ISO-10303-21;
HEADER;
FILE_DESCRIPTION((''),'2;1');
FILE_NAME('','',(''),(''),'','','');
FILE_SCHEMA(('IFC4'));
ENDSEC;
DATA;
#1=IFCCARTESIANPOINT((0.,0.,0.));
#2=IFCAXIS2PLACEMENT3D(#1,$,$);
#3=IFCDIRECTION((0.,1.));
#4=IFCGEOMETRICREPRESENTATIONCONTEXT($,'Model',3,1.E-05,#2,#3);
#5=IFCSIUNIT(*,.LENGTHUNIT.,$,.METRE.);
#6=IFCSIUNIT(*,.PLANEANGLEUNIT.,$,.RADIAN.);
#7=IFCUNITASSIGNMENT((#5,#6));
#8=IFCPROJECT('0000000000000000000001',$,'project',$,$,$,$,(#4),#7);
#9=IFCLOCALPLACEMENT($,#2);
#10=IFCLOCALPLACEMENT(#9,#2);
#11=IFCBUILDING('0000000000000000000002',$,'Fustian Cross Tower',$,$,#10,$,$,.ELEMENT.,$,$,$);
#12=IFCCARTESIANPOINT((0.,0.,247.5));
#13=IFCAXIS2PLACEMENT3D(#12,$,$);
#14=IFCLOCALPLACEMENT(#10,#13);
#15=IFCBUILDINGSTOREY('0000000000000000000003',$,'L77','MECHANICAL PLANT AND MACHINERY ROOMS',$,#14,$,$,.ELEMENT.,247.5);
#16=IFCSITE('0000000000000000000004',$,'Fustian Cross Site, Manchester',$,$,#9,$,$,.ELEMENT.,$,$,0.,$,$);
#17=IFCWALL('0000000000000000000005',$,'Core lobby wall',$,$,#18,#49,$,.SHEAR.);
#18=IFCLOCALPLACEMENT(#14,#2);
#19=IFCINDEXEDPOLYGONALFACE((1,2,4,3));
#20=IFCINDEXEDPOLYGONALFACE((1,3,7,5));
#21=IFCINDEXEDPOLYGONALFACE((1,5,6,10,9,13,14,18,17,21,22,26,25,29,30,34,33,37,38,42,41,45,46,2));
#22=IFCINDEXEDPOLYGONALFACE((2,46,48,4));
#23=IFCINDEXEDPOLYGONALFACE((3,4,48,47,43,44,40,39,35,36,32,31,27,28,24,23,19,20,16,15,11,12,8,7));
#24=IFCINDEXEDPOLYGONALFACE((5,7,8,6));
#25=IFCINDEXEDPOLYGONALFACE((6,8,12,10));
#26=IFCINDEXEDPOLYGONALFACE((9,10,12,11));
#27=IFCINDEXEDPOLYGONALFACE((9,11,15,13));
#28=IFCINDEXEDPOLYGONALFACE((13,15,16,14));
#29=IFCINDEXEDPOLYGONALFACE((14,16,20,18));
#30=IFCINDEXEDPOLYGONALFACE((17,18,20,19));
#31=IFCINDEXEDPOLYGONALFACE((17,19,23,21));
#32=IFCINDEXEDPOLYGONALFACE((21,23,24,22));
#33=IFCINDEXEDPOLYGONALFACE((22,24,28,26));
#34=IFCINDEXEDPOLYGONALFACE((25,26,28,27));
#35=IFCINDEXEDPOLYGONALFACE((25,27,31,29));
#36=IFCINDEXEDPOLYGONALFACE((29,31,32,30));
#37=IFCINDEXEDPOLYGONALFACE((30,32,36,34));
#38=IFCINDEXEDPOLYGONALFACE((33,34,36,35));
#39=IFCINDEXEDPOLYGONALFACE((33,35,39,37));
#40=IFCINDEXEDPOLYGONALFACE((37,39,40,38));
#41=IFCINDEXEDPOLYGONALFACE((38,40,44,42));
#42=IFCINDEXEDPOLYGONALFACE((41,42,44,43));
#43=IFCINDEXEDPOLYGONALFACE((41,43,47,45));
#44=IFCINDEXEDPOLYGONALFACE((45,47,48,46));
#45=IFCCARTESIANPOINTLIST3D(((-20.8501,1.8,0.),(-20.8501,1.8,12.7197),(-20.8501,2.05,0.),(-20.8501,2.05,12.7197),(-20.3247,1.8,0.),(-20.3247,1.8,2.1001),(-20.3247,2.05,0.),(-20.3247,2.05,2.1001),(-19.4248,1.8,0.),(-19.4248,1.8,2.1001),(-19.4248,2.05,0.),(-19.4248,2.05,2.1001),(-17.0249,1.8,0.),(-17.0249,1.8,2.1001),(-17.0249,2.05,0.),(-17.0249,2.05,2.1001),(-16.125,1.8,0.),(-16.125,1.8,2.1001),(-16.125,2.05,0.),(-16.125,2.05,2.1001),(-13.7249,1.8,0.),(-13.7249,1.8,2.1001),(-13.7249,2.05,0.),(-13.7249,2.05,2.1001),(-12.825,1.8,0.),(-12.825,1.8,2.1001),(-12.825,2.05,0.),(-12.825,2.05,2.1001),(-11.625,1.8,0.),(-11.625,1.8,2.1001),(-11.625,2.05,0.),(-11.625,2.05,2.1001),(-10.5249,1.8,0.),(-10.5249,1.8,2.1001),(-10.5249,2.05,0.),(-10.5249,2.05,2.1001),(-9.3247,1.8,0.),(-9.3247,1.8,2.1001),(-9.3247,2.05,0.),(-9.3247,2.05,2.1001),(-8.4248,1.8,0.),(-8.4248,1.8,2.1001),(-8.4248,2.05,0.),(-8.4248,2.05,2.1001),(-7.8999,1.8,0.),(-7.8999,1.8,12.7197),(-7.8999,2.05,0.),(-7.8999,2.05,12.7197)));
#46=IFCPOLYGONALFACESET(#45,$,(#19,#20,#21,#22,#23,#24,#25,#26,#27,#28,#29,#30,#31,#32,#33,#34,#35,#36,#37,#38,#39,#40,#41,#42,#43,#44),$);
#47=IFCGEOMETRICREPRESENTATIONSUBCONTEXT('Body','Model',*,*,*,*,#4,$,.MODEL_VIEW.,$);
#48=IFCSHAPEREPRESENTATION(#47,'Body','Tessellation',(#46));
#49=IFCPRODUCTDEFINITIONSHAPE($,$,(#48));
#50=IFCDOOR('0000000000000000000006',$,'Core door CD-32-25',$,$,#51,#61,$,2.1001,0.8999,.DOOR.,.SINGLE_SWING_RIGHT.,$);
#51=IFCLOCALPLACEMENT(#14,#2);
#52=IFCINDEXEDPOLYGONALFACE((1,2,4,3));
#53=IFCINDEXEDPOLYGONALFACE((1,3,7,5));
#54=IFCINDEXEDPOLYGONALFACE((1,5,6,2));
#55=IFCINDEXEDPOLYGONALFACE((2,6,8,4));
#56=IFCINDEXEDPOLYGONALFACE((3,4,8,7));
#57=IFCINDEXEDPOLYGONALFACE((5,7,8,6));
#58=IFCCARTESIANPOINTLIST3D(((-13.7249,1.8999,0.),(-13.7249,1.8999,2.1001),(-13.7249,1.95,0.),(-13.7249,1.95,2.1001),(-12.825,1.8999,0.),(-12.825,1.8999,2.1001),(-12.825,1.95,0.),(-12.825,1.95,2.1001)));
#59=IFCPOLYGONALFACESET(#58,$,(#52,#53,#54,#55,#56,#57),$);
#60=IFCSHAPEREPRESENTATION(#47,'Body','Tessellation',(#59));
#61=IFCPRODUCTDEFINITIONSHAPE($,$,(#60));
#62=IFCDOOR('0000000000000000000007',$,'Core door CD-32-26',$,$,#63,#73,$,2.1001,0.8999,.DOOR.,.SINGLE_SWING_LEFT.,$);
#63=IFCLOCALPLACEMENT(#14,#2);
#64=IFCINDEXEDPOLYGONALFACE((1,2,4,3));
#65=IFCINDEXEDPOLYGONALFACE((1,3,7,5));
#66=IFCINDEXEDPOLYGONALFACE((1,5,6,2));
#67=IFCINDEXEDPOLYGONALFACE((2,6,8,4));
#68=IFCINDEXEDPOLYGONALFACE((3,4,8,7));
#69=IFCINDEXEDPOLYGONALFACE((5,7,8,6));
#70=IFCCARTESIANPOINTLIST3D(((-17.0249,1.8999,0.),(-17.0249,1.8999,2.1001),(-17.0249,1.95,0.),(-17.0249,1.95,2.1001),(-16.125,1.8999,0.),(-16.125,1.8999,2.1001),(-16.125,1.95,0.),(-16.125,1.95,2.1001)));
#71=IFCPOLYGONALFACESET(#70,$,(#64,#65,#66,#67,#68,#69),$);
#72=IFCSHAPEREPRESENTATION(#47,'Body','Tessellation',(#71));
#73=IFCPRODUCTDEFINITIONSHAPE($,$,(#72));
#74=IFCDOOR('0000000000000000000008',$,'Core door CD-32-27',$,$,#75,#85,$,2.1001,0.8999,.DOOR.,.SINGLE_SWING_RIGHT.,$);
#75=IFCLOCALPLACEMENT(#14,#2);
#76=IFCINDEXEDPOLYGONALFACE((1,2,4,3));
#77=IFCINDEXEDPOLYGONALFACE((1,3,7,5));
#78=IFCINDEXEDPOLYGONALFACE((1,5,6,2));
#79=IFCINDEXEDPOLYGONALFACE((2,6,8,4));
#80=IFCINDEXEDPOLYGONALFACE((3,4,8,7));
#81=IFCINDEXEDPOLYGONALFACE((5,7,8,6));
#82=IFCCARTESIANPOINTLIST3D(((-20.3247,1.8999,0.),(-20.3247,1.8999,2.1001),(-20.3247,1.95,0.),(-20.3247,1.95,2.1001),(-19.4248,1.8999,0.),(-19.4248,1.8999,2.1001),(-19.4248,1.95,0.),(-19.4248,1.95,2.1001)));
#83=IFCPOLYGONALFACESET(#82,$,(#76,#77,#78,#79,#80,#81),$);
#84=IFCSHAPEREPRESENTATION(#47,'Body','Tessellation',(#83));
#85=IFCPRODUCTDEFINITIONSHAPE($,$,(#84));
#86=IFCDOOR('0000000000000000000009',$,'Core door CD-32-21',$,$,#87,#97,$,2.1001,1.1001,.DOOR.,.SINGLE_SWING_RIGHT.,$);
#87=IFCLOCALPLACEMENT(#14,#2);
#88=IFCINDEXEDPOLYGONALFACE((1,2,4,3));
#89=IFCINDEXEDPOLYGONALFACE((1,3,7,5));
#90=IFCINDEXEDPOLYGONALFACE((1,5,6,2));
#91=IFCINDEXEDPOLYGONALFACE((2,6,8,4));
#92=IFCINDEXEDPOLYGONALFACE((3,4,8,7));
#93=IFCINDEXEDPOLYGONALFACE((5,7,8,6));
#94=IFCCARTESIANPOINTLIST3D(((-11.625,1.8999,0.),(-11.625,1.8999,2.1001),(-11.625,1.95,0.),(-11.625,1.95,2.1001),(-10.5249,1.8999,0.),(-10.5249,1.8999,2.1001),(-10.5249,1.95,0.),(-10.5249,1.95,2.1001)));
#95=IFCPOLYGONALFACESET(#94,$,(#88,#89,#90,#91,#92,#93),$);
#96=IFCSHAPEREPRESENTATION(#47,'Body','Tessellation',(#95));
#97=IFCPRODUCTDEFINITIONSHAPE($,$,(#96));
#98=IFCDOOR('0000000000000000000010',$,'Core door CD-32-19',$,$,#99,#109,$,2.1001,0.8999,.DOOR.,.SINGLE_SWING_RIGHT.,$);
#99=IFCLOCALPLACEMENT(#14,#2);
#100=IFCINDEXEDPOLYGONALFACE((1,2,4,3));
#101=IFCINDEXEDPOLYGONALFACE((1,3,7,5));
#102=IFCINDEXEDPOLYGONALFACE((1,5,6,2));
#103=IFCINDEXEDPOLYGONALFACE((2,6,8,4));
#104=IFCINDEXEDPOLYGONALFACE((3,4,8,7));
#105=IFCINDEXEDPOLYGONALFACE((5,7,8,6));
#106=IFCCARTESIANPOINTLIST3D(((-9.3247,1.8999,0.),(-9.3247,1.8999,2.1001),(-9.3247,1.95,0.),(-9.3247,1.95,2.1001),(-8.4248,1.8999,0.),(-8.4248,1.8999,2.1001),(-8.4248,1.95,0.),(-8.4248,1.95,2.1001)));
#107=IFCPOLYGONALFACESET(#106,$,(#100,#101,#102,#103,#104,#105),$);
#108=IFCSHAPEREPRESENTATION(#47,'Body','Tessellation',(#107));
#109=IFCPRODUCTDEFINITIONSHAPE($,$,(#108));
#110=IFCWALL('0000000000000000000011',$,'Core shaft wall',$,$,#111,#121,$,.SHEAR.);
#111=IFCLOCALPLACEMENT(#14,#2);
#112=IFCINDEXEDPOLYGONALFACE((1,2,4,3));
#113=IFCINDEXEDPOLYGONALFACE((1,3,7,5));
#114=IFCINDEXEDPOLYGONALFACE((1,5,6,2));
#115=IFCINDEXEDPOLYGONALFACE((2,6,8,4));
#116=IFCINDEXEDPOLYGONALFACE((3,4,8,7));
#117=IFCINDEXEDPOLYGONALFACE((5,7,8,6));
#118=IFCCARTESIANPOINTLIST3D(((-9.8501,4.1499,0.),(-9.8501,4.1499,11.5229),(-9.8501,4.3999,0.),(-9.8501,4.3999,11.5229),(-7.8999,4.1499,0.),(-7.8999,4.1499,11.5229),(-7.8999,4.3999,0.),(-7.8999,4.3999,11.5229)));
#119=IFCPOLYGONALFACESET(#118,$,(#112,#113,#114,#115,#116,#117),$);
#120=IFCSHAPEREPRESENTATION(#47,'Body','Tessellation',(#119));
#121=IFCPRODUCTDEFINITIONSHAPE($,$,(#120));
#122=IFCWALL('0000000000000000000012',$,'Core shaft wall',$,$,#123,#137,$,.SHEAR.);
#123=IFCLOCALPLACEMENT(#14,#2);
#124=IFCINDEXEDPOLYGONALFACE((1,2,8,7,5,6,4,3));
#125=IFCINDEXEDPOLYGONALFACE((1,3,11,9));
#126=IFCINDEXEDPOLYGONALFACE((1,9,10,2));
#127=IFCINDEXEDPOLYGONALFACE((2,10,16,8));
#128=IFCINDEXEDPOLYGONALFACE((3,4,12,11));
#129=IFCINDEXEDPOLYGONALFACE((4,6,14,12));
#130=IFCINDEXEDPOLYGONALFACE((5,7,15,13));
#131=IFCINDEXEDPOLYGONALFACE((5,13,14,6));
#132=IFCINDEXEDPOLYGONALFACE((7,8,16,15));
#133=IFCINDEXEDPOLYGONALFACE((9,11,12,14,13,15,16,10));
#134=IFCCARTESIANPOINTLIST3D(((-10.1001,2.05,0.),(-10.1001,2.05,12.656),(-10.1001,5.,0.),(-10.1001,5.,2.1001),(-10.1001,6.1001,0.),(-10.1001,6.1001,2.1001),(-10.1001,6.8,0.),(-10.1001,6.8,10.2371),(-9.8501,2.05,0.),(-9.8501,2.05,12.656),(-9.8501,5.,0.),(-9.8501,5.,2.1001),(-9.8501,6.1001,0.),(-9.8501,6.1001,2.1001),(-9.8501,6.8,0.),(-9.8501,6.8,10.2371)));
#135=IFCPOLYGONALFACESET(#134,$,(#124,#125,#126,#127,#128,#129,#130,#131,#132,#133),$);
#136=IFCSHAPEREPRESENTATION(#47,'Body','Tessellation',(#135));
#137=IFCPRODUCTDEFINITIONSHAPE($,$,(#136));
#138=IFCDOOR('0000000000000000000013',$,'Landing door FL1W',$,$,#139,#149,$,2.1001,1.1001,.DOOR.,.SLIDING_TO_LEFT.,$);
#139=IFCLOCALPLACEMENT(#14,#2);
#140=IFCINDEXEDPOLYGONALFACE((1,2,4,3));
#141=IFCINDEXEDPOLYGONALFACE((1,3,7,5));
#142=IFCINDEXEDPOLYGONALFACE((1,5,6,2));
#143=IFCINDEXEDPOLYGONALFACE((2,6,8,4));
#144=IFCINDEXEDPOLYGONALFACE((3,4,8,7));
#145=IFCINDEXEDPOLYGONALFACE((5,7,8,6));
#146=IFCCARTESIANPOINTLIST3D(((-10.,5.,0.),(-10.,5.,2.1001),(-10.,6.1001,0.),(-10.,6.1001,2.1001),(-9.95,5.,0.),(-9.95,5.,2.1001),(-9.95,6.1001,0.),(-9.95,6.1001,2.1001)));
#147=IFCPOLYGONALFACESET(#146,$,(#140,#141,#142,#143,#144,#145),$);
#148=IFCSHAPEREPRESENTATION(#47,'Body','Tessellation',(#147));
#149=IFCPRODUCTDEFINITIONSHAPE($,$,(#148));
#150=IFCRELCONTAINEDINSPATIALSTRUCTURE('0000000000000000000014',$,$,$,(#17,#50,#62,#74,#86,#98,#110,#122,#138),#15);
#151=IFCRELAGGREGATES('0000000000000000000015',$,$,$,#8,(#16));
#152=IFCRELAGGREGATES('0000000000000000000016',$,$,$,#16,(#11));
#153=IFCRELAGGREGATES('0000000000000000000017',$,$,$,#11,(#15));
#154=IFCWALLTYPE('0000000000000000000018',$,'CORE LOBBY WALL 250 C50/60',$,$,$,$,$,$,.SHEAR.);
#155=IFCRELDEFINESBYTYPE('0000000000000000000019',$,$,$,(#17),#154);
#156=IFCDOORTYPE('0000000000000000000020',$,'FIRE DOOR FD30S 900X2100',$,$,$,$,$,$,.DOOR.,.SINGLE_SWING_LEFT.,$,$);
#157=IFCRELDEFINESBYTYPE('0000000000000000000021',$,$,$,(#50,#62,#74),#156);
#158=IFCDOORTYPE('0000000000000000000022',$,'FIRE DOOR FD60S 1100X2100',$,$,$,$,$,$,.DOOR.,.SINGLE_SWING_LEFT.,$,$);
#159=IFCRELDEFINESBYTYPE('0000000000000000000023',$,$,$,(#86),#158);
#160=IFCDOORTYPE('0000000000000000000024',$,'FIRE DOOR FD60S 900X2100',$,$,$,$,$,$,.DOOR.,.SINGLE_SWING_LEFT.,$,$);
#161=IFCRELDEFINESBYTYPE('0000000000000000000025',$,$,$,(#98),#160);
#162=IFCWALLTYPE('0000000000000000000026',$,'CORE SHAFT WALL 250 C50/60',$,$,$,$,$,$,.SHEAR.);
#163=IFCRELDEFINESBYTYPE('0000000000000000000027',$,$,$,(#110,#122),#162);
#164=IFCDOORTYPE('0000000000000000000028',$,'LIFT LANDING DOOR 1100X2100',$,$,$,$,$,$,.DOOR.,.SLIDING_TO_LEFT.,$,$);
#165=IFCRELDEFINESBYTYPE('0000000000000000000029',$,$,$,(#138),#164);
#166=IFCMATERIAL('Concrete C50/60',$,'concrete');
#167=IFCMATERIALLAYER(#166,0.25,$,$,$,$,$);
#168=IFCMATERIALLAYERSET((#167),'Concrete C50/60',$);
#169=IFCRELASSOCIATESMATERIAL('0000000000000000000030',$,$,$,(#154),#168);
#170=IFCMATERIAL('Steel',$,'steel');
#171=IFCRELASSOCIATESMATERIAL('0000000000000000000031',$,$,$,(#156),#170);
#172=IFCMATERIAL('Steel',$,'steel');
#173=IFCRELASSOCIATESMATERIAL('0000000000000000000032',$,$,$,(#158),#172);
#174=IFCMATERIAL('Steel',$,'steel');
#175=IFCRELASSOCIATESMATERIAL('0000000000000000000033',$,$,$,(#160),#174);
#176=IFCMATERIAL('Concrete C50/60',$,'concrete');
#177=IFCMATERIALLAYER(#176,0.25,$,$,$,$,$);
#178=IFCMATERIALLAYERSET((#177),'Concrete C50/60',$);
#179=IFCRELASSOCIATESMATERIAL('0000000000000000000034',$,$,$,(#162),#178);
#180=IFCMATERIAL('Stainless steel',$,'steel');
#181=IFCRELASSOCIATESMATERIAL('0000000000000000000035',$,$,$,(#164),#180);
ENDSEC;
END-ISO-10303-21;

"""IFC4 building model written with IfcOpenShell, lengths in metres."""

from ifc_helpers import new_model, si_unit, direction, frame, frame_2d, origin, place, context, subcontext, project, spatial, polyline, rectangle, outline, extrude, material, layer, layer_set, type_object, element, fill, save


model = new_model("IFC4")

# Units and contexts
model_context = context("Model", 3, precision=1e-05, world=origin(), true_north=direction((0.0, 1.0)))
body_context = subcontext(model_context, "Body", "Model", "MODEL_VIEW")
ifc_project = project(units=[si_unit("LENGTHUNIT", "METRE"), si_unit("PLANEANGLEUNIT", "RADIAN")], contexts=[model_context])

# Site, building, storey
site_placement = place(None, origin())
site = spatial("IfcSite", under=ifc_project, at=site_placement, Name="Fustian Cross Site, Manchester", CompositionType="ELEMENT", RefElevation=0.0)
building_placement = place(site_placement, origin())
building = spatial("IfcBuilding", under=site, at=building_placement, Name="Fustian Cross Tower", CompositionType="ELEMENT")
storey_placement = place(building_placement, frame((0.0, 0.0, 247.5)))
storey = spatial("IfcBuildingStorey", under=building, at=storey_placement, Name="L77", Description="MECHANICAL PLANT AND MACHINERY ROOMS", CompositionType="ELEMENT", Elevation=247.5)

# Wall, openings, doors
ifc_material_1 = material(Name="Concrete C50/60", Category="concrete")
ifc_layer_1 = layer(ifc_material_1, 0.25)
ifc_layer_set_1 = layer_set([ifc_layer_1], Name="Concrete C50/60")
wall_type_1 = type_object("IfcWallType", Name="CORE LOBBY WALL 250 C50/60", PredefinedType="SHEAR", material=ifc_layer_set_1)
wall_1_placement = place(storey_placement, frame((-7.8999, 1.925, 0.0), z_axis=(0.0, 0.0, 1.0), x_axis=(-1.0, 0.0, 0.0)))
wall_1 = element("IfcWall", 1, at=wall_1_placement, inside=storey, type_object=wall_type_1, Name="Core lobby wall", PredefinedType="SHEAR", context=body_context, shape_type="SweptSolid", body=[
    extrude(rectangle(XDim=12.9502, YDim=0.25, at=frame_2d((6.4751, 0.0))), origin(), (0.0, 0.0, 1.0), 12.7197),
])
opening_1_placement = place(wall_1_placement, frame((0.5249, 0.0, 0.0)))
opening_1 = element("IfcOpeningElement", 2, at=opening_1_placement, cuts=wall_1, PredefinedType="OPENING", context=body_context, shape_type="SweptSolid", body=[
    extrude(rectangle(XDim=0.8999, YDim=2.1001, at=frame_2d((0.45, 1.05))), frame((0.0, 0.135, 0.0), z_axis=(0.0, -1.0, 0.0), x_axis=(1.0, 0.0, 0.0)), (0.0, 0.0, 1.0), 0.27),
])
opening_2_placement = place(wall_1_placement, frame((2.625, 0.0, 0.0)))
opening_2 = element("IfcOpeningElement", 3, at=opening_2_placement, cuts=wall_1, PredefinedType="OPENING", context=body_context, shape_type="SweptSolid", body=[
    extrude(rectangle(XDim=1.1001, YDim=2.1001, at=frame_2d((0.55, 1.05))), frame((0.0, 0.135, 0.0), z_axis=(0.0, -1.0, 0.0), x_axis=(1.0, 0.0, 0.0)), (0.0, 0.0, 1.0), 0.27),
])
opening_3_placement = place(wall_1_placement, frame((4.925, 0.0, 0.0)))
opening_3 = element("IfcOpeningElement", 4, at=opening_3_placement, cuts=wall_1, PredefinedType="OPENING", context=body_context, shape_type="SweptSolid", body=[
    extrude(rectangle(XDim=0.8999, YDim=2.1001, at=frame_2d((0.45, 1.05))), frame((0.0, 0.135, 0.0), z_axis=(0.0, -1.0, 0.0), x_axis=(1.0, 0.0, 0.0)), (0.0, 0.0, 1.0), 0.27),
])
opening_4_placement = place(wall_1_placement, frame((8.2251, 0.0, 0.0)))
opening_4 = element("IfcOpeningElement", 5, at=opening_4_placement, cuts=wall_1, PredefinedType="OPENING", context=body_context, shape_type="SweptSolid", body=[
    extrude(rectangle(XDim=0.8999, YDim=2.1001, at=frame_2d((0.45, 1.05))), frame((0.0, 0.135, 0.0), z_axis=(0.0, -1.0, 0.0), x_axis=(1.0, 0.0, 0.0)), (0.0, 0.0, 1.0), 0.27),
])
opening_5_placement = place(wall_1_placement, frame((11.5249, 0.0, 0.0)))
opening_5 = element("IfcOpeningElement", 6, at=opening_5_placement, cuts=wall_1, PredefinedType="OPENING", context=body_context, shape_type="SweptSolid", body=[
    extrude(rectangle(XDim=0.8999, YDim=2.1001, at=frame_2d((0.45, 1.05))), frame((0.0, 0.135, 0.0), z_axis=(0.0, -1.0, 0.0), x_axis=(1.0, 0.0, 0.0)), (0.0, 0.0, 1.0), 0.27),
])
ifc_material_2 = material(Name="Steel", Category="steel")
door_type_1 = type_object("IfcDoorType", Name="FIRE DOOR FD30S 900X2100", OperationType="SINGLE_SWING_LEFT", PredefinedType="DOOR", material=ifc_material_2)
door_1_placement = place(opening_3_placement, frame((0.8999, 0.0, 0.0), z_axis=(0.0, 0.0, 1.0), x_axis=(-1.0, 0.0, 0.0)))
door_1 = element("IfcDoor", 7, at=door_1_placement, inside=storey, type_object=door_type_1, Name="Core door CD-32-25", OperationType="SINGLE_SWING_RIGHT", OverallHeight=2.1001, OverallWidth=0.8999, PredefinedType="DOOR", context=body_context, shape_type="SweptSolid", body=[
    extrude(rectangle(XDim=0.8999, YDim=2.1001, at=frame_2d((0.45, 1.05))), frame((0.0, 0.0249, 0.0), z_axis=(0.0, -1.0, 0.0), x_axis=(1.0, 0.0, 0.0)), (0.0, 0.0, 1.0), 0.05),
])
fill(opening_3, door_1)
door_2_placement = place(opening_4_placement, frame((0.8999, 0.0, 0.0), z_axis=(0.0, 0.0, 1.0), x_axis=(-1.0, 0.0, 0.0)))
door_2 = element("IfcDoor", 8, at=door_2_placement, inside=storey, type_object=door_type_1, Name="Core door CD-32-26", OperationType="SINGLE_SWING_LEFT", OverallHeight=2.1001, OverallWidth=0.8999, PredefinedType="DOOR", context=body_context, shape_type="SweptSolid", body=[
    extrude(rectangle(XDim=0.8999, YDim=2.1001, at=frame_2d((0.45, 1.05))), frame((0.0, 0.0249, 0.0), z_axis=(0.0, -1.0, 0.0), x_axis=(1.0, 0.0, 0.0)), (0.0, 0.0, 1.0), 0.05),
])
fill(opening_4, door_2)
door_3_placement = place(opening_5_placement, frame((0.8999, 0.0, 0.0), z_axis=(0.0, 0.0, 1.0), x_axis=(-1.0, 0.0, 0.0)))
door_3 = element("IfcDoor", 9, at=door_3_placement, inside=storey, type_object=door_type_1, Name="Core door CD-32-27", OperationType="SINGLE_SWING_RIGHT", OverallHeight=2.1001, OverallWidth=0.8999, PredefinedType="DOOR", context=body_context, shape_type="SweptSolid", body=[
    extrude(rectangle(XDim=0.8999, YDim=2.1001, at=frame_2d((0.45, 1.05))), frame((0.0, 0.0249, 0.0), z_axis=(0.0, -1.0, 0.0), x_axis=(1.0, 0.0, 0.0)), (0.0, 0.0, 1.0), 0.05),
])
fill(opening_5, door_3)
ifc_material_3 = material(Name="Steel", Category="steel")
door_type_2 = type_object("IfcDoorType", Name="FIRE DOOR FD60S 1100X2100", OperationType="SINGLE_SWING_LEFT", PredefinedType="DOOR", material=ifc_material_3)
door_4_placement = place(opening_2_placement, frame((1.1001, 0.0, 0.0), z_axis=(0.0, 0.0, 1.0), x_axis=(-1.0, 0.0, 0.0)))
door_4 = element("IfcDoor", 10, at=door_4_placement, inside=storey, type_object=door_type_2, Name="Core door CD-32-21", OperationType="SINGLE_SWING_RIGHT", OverallHeight=2.1001, OverallWidth=1.1001, PredefinedType="DOOR", context=body_context, shape_type="SweptSolid", body=[
    extrude(rectangle(XDim=1.1001, YDim=2.1001, at=frame_2d((0.55, 1.05))), frame((0.0, 0.0249, 0.0), z_axis=(0.0, -1.0, 0.0), x_axis=(1.0, 0.0, 0.0)), (0.0, 0.0, 1.0), 0.05),
])
fill(opening_2, door_4)
ifc_material_4 = material(Name="Steel", Category="steel")
door_type_3 = type_object("IfcDoorType", Name="FIRE DOOR FD60S 900X2100", OperationType="SINGLE_SWING_LEFT", PredefinedType="DOOR", material=ifc_material_4)
door_5_placement = place(opening_1_placement, frame((0.8999, 0.0, 0.0), z_axis=(0.0, 0.0, 1.0), x_axis=(-1.0, 0.0, 0.0)))
door_5 = element("IfcDoor", 11, at=door_5_placement, inside=storey, type_object=door_type_3, Name="Core door CD-32-19", OperationType="SINGLE_SWING_RIGHT", OverallHeight=2.1001, OverallWidth=0.8999, PredefinedType="DOOR", context=body_context, shape_type="SweptSolid", body=[
    extrude(rectangle(XDim=0.8999, YDim=2.1001, at=frame_2d((0.45, 1.05))), frame((0.0, 0.0249, 0.0), z_axis=(0.0, -1.0, 0.0), x_axis=(1.0, 0.0, 0.0)), (0.0, 0.0, 1.0), 0.05),
])
fill(opening_1, door_5)

# Wall
ifc_material_5 = material(Name="Concrete C50/60", Category="concrete")
ifc_layer_2 = layer(ifc_material_5, 0.25)
ifc_layer_set_2 = layer_set([ifc_layer_2], Name="Concrete C50/60")
wall_type_2 = type_object("IfcWallType", Name="CORE SHAFT WALL 250 C50/60", PredefinedType="SHEAR", material=ifc_layer_set_2)
wall_2_placement = place(storey_placement, frame((-7.8999, 4.2749, 0.0), z_axis=(0.0, 0.0, 1.0), x_axis=(-1.0, 0.0, 0.0)))
element("IfcWall", 12, at=wall_2_placement, inside=storey, type_object=wall_type_2, Name="Core shaft wall", PredefinedType="SHEAR", context=body_context, shape_type="SweptSolid", body=[
    extrude(rectangle(XDim=1.9502, YDim=0.25, at=frame_2d((0.9751, 0.0))), origin(), (0.0, 0.0, 1.0), 11.5229),
])

# Wall, opening, door
wall_3_placement = place(storey_placement, frame((-9.9751, 2.05, 0.0), z_axis=(0.0, 0.0, 1.0), x_axis=(0.0, 1.0, 0.0)))
wall_3 = element("IfcWall", 13, at=wall_3_placement, inside=storey, type_object=wall_type_2, Name="Core shaft wall", PredefinedType="SHEAR", context=body_context, shape_type="SweptSolid", body=[
    extrude(outline(polyline([(0.0, 0.0), (4.75, 0.0), (4.75, 10.2371), (0.0, 12.656), (0.0, 0.0)])), frame((0.0, 0.125, 0.0), z_axis=(0.0, -1.0, 0.0), x_axis=(1.0, 0.0, 0.0)), (0.0, 0.0, 1.0), 0.25),
])
opening_6_placement = place(wall_3_placement, frame((2.95, 0.0, 0.0)))
opening_6 = element("IfcOpeningElement", 14, at=opening_6_placement, cuts=wall_3, PredefinedType="OPENING", context=body_context, shape_type="SweptSolid", body=[
    extrude(rectangle(XDim=1.1001, YDim=2.1001, at=frame_2d((0.55, 1.05))), frame((0.0, 0.135, 0.0), z_axis=(0.0, -1.0, 0.0), x_axis=(1.0, 0.0, 0.0)), (0.0, 0.0, 1.0), 0.27),
])
ifc_material_6 = material(Name="Stainless steel", Category="steel")
door_type_4 = type_object("IfcDoorType", Name="LIFT LANDING DOOR 1100X2100", OperationType="SLIDING_TO_LEFT", PredefinedType="DOOR", material=ifc_material_6)
door_6_placement = place(opening_6_placement, origin())
door_6 = element("IfcDoor", 15, at=door_6_placement, inside=storey, type_object=door_type_4, Name="Landing door FL1W", OperationType="SLIDING_TO_LEFT", OverallHeight=2.1001, OverallWidth=1.1001, PredefinedType="DOOR", context=body_context, shape_type="SweptSolid", body=[
    extrude(rectangle(XDim=1.1001, YDim=2.1001, at=frame_2d((0.55, 1.05))), frame((0.0, 0.0249, 0.0), z_axis=(0.0, -1.0, 0.0), x_axis=(1.0, 0.0, 0.0)), (0.0, 0.0, 1.0), 0.05),
])
fill(opening_6, door_6)

save(model, "model.ifc")
